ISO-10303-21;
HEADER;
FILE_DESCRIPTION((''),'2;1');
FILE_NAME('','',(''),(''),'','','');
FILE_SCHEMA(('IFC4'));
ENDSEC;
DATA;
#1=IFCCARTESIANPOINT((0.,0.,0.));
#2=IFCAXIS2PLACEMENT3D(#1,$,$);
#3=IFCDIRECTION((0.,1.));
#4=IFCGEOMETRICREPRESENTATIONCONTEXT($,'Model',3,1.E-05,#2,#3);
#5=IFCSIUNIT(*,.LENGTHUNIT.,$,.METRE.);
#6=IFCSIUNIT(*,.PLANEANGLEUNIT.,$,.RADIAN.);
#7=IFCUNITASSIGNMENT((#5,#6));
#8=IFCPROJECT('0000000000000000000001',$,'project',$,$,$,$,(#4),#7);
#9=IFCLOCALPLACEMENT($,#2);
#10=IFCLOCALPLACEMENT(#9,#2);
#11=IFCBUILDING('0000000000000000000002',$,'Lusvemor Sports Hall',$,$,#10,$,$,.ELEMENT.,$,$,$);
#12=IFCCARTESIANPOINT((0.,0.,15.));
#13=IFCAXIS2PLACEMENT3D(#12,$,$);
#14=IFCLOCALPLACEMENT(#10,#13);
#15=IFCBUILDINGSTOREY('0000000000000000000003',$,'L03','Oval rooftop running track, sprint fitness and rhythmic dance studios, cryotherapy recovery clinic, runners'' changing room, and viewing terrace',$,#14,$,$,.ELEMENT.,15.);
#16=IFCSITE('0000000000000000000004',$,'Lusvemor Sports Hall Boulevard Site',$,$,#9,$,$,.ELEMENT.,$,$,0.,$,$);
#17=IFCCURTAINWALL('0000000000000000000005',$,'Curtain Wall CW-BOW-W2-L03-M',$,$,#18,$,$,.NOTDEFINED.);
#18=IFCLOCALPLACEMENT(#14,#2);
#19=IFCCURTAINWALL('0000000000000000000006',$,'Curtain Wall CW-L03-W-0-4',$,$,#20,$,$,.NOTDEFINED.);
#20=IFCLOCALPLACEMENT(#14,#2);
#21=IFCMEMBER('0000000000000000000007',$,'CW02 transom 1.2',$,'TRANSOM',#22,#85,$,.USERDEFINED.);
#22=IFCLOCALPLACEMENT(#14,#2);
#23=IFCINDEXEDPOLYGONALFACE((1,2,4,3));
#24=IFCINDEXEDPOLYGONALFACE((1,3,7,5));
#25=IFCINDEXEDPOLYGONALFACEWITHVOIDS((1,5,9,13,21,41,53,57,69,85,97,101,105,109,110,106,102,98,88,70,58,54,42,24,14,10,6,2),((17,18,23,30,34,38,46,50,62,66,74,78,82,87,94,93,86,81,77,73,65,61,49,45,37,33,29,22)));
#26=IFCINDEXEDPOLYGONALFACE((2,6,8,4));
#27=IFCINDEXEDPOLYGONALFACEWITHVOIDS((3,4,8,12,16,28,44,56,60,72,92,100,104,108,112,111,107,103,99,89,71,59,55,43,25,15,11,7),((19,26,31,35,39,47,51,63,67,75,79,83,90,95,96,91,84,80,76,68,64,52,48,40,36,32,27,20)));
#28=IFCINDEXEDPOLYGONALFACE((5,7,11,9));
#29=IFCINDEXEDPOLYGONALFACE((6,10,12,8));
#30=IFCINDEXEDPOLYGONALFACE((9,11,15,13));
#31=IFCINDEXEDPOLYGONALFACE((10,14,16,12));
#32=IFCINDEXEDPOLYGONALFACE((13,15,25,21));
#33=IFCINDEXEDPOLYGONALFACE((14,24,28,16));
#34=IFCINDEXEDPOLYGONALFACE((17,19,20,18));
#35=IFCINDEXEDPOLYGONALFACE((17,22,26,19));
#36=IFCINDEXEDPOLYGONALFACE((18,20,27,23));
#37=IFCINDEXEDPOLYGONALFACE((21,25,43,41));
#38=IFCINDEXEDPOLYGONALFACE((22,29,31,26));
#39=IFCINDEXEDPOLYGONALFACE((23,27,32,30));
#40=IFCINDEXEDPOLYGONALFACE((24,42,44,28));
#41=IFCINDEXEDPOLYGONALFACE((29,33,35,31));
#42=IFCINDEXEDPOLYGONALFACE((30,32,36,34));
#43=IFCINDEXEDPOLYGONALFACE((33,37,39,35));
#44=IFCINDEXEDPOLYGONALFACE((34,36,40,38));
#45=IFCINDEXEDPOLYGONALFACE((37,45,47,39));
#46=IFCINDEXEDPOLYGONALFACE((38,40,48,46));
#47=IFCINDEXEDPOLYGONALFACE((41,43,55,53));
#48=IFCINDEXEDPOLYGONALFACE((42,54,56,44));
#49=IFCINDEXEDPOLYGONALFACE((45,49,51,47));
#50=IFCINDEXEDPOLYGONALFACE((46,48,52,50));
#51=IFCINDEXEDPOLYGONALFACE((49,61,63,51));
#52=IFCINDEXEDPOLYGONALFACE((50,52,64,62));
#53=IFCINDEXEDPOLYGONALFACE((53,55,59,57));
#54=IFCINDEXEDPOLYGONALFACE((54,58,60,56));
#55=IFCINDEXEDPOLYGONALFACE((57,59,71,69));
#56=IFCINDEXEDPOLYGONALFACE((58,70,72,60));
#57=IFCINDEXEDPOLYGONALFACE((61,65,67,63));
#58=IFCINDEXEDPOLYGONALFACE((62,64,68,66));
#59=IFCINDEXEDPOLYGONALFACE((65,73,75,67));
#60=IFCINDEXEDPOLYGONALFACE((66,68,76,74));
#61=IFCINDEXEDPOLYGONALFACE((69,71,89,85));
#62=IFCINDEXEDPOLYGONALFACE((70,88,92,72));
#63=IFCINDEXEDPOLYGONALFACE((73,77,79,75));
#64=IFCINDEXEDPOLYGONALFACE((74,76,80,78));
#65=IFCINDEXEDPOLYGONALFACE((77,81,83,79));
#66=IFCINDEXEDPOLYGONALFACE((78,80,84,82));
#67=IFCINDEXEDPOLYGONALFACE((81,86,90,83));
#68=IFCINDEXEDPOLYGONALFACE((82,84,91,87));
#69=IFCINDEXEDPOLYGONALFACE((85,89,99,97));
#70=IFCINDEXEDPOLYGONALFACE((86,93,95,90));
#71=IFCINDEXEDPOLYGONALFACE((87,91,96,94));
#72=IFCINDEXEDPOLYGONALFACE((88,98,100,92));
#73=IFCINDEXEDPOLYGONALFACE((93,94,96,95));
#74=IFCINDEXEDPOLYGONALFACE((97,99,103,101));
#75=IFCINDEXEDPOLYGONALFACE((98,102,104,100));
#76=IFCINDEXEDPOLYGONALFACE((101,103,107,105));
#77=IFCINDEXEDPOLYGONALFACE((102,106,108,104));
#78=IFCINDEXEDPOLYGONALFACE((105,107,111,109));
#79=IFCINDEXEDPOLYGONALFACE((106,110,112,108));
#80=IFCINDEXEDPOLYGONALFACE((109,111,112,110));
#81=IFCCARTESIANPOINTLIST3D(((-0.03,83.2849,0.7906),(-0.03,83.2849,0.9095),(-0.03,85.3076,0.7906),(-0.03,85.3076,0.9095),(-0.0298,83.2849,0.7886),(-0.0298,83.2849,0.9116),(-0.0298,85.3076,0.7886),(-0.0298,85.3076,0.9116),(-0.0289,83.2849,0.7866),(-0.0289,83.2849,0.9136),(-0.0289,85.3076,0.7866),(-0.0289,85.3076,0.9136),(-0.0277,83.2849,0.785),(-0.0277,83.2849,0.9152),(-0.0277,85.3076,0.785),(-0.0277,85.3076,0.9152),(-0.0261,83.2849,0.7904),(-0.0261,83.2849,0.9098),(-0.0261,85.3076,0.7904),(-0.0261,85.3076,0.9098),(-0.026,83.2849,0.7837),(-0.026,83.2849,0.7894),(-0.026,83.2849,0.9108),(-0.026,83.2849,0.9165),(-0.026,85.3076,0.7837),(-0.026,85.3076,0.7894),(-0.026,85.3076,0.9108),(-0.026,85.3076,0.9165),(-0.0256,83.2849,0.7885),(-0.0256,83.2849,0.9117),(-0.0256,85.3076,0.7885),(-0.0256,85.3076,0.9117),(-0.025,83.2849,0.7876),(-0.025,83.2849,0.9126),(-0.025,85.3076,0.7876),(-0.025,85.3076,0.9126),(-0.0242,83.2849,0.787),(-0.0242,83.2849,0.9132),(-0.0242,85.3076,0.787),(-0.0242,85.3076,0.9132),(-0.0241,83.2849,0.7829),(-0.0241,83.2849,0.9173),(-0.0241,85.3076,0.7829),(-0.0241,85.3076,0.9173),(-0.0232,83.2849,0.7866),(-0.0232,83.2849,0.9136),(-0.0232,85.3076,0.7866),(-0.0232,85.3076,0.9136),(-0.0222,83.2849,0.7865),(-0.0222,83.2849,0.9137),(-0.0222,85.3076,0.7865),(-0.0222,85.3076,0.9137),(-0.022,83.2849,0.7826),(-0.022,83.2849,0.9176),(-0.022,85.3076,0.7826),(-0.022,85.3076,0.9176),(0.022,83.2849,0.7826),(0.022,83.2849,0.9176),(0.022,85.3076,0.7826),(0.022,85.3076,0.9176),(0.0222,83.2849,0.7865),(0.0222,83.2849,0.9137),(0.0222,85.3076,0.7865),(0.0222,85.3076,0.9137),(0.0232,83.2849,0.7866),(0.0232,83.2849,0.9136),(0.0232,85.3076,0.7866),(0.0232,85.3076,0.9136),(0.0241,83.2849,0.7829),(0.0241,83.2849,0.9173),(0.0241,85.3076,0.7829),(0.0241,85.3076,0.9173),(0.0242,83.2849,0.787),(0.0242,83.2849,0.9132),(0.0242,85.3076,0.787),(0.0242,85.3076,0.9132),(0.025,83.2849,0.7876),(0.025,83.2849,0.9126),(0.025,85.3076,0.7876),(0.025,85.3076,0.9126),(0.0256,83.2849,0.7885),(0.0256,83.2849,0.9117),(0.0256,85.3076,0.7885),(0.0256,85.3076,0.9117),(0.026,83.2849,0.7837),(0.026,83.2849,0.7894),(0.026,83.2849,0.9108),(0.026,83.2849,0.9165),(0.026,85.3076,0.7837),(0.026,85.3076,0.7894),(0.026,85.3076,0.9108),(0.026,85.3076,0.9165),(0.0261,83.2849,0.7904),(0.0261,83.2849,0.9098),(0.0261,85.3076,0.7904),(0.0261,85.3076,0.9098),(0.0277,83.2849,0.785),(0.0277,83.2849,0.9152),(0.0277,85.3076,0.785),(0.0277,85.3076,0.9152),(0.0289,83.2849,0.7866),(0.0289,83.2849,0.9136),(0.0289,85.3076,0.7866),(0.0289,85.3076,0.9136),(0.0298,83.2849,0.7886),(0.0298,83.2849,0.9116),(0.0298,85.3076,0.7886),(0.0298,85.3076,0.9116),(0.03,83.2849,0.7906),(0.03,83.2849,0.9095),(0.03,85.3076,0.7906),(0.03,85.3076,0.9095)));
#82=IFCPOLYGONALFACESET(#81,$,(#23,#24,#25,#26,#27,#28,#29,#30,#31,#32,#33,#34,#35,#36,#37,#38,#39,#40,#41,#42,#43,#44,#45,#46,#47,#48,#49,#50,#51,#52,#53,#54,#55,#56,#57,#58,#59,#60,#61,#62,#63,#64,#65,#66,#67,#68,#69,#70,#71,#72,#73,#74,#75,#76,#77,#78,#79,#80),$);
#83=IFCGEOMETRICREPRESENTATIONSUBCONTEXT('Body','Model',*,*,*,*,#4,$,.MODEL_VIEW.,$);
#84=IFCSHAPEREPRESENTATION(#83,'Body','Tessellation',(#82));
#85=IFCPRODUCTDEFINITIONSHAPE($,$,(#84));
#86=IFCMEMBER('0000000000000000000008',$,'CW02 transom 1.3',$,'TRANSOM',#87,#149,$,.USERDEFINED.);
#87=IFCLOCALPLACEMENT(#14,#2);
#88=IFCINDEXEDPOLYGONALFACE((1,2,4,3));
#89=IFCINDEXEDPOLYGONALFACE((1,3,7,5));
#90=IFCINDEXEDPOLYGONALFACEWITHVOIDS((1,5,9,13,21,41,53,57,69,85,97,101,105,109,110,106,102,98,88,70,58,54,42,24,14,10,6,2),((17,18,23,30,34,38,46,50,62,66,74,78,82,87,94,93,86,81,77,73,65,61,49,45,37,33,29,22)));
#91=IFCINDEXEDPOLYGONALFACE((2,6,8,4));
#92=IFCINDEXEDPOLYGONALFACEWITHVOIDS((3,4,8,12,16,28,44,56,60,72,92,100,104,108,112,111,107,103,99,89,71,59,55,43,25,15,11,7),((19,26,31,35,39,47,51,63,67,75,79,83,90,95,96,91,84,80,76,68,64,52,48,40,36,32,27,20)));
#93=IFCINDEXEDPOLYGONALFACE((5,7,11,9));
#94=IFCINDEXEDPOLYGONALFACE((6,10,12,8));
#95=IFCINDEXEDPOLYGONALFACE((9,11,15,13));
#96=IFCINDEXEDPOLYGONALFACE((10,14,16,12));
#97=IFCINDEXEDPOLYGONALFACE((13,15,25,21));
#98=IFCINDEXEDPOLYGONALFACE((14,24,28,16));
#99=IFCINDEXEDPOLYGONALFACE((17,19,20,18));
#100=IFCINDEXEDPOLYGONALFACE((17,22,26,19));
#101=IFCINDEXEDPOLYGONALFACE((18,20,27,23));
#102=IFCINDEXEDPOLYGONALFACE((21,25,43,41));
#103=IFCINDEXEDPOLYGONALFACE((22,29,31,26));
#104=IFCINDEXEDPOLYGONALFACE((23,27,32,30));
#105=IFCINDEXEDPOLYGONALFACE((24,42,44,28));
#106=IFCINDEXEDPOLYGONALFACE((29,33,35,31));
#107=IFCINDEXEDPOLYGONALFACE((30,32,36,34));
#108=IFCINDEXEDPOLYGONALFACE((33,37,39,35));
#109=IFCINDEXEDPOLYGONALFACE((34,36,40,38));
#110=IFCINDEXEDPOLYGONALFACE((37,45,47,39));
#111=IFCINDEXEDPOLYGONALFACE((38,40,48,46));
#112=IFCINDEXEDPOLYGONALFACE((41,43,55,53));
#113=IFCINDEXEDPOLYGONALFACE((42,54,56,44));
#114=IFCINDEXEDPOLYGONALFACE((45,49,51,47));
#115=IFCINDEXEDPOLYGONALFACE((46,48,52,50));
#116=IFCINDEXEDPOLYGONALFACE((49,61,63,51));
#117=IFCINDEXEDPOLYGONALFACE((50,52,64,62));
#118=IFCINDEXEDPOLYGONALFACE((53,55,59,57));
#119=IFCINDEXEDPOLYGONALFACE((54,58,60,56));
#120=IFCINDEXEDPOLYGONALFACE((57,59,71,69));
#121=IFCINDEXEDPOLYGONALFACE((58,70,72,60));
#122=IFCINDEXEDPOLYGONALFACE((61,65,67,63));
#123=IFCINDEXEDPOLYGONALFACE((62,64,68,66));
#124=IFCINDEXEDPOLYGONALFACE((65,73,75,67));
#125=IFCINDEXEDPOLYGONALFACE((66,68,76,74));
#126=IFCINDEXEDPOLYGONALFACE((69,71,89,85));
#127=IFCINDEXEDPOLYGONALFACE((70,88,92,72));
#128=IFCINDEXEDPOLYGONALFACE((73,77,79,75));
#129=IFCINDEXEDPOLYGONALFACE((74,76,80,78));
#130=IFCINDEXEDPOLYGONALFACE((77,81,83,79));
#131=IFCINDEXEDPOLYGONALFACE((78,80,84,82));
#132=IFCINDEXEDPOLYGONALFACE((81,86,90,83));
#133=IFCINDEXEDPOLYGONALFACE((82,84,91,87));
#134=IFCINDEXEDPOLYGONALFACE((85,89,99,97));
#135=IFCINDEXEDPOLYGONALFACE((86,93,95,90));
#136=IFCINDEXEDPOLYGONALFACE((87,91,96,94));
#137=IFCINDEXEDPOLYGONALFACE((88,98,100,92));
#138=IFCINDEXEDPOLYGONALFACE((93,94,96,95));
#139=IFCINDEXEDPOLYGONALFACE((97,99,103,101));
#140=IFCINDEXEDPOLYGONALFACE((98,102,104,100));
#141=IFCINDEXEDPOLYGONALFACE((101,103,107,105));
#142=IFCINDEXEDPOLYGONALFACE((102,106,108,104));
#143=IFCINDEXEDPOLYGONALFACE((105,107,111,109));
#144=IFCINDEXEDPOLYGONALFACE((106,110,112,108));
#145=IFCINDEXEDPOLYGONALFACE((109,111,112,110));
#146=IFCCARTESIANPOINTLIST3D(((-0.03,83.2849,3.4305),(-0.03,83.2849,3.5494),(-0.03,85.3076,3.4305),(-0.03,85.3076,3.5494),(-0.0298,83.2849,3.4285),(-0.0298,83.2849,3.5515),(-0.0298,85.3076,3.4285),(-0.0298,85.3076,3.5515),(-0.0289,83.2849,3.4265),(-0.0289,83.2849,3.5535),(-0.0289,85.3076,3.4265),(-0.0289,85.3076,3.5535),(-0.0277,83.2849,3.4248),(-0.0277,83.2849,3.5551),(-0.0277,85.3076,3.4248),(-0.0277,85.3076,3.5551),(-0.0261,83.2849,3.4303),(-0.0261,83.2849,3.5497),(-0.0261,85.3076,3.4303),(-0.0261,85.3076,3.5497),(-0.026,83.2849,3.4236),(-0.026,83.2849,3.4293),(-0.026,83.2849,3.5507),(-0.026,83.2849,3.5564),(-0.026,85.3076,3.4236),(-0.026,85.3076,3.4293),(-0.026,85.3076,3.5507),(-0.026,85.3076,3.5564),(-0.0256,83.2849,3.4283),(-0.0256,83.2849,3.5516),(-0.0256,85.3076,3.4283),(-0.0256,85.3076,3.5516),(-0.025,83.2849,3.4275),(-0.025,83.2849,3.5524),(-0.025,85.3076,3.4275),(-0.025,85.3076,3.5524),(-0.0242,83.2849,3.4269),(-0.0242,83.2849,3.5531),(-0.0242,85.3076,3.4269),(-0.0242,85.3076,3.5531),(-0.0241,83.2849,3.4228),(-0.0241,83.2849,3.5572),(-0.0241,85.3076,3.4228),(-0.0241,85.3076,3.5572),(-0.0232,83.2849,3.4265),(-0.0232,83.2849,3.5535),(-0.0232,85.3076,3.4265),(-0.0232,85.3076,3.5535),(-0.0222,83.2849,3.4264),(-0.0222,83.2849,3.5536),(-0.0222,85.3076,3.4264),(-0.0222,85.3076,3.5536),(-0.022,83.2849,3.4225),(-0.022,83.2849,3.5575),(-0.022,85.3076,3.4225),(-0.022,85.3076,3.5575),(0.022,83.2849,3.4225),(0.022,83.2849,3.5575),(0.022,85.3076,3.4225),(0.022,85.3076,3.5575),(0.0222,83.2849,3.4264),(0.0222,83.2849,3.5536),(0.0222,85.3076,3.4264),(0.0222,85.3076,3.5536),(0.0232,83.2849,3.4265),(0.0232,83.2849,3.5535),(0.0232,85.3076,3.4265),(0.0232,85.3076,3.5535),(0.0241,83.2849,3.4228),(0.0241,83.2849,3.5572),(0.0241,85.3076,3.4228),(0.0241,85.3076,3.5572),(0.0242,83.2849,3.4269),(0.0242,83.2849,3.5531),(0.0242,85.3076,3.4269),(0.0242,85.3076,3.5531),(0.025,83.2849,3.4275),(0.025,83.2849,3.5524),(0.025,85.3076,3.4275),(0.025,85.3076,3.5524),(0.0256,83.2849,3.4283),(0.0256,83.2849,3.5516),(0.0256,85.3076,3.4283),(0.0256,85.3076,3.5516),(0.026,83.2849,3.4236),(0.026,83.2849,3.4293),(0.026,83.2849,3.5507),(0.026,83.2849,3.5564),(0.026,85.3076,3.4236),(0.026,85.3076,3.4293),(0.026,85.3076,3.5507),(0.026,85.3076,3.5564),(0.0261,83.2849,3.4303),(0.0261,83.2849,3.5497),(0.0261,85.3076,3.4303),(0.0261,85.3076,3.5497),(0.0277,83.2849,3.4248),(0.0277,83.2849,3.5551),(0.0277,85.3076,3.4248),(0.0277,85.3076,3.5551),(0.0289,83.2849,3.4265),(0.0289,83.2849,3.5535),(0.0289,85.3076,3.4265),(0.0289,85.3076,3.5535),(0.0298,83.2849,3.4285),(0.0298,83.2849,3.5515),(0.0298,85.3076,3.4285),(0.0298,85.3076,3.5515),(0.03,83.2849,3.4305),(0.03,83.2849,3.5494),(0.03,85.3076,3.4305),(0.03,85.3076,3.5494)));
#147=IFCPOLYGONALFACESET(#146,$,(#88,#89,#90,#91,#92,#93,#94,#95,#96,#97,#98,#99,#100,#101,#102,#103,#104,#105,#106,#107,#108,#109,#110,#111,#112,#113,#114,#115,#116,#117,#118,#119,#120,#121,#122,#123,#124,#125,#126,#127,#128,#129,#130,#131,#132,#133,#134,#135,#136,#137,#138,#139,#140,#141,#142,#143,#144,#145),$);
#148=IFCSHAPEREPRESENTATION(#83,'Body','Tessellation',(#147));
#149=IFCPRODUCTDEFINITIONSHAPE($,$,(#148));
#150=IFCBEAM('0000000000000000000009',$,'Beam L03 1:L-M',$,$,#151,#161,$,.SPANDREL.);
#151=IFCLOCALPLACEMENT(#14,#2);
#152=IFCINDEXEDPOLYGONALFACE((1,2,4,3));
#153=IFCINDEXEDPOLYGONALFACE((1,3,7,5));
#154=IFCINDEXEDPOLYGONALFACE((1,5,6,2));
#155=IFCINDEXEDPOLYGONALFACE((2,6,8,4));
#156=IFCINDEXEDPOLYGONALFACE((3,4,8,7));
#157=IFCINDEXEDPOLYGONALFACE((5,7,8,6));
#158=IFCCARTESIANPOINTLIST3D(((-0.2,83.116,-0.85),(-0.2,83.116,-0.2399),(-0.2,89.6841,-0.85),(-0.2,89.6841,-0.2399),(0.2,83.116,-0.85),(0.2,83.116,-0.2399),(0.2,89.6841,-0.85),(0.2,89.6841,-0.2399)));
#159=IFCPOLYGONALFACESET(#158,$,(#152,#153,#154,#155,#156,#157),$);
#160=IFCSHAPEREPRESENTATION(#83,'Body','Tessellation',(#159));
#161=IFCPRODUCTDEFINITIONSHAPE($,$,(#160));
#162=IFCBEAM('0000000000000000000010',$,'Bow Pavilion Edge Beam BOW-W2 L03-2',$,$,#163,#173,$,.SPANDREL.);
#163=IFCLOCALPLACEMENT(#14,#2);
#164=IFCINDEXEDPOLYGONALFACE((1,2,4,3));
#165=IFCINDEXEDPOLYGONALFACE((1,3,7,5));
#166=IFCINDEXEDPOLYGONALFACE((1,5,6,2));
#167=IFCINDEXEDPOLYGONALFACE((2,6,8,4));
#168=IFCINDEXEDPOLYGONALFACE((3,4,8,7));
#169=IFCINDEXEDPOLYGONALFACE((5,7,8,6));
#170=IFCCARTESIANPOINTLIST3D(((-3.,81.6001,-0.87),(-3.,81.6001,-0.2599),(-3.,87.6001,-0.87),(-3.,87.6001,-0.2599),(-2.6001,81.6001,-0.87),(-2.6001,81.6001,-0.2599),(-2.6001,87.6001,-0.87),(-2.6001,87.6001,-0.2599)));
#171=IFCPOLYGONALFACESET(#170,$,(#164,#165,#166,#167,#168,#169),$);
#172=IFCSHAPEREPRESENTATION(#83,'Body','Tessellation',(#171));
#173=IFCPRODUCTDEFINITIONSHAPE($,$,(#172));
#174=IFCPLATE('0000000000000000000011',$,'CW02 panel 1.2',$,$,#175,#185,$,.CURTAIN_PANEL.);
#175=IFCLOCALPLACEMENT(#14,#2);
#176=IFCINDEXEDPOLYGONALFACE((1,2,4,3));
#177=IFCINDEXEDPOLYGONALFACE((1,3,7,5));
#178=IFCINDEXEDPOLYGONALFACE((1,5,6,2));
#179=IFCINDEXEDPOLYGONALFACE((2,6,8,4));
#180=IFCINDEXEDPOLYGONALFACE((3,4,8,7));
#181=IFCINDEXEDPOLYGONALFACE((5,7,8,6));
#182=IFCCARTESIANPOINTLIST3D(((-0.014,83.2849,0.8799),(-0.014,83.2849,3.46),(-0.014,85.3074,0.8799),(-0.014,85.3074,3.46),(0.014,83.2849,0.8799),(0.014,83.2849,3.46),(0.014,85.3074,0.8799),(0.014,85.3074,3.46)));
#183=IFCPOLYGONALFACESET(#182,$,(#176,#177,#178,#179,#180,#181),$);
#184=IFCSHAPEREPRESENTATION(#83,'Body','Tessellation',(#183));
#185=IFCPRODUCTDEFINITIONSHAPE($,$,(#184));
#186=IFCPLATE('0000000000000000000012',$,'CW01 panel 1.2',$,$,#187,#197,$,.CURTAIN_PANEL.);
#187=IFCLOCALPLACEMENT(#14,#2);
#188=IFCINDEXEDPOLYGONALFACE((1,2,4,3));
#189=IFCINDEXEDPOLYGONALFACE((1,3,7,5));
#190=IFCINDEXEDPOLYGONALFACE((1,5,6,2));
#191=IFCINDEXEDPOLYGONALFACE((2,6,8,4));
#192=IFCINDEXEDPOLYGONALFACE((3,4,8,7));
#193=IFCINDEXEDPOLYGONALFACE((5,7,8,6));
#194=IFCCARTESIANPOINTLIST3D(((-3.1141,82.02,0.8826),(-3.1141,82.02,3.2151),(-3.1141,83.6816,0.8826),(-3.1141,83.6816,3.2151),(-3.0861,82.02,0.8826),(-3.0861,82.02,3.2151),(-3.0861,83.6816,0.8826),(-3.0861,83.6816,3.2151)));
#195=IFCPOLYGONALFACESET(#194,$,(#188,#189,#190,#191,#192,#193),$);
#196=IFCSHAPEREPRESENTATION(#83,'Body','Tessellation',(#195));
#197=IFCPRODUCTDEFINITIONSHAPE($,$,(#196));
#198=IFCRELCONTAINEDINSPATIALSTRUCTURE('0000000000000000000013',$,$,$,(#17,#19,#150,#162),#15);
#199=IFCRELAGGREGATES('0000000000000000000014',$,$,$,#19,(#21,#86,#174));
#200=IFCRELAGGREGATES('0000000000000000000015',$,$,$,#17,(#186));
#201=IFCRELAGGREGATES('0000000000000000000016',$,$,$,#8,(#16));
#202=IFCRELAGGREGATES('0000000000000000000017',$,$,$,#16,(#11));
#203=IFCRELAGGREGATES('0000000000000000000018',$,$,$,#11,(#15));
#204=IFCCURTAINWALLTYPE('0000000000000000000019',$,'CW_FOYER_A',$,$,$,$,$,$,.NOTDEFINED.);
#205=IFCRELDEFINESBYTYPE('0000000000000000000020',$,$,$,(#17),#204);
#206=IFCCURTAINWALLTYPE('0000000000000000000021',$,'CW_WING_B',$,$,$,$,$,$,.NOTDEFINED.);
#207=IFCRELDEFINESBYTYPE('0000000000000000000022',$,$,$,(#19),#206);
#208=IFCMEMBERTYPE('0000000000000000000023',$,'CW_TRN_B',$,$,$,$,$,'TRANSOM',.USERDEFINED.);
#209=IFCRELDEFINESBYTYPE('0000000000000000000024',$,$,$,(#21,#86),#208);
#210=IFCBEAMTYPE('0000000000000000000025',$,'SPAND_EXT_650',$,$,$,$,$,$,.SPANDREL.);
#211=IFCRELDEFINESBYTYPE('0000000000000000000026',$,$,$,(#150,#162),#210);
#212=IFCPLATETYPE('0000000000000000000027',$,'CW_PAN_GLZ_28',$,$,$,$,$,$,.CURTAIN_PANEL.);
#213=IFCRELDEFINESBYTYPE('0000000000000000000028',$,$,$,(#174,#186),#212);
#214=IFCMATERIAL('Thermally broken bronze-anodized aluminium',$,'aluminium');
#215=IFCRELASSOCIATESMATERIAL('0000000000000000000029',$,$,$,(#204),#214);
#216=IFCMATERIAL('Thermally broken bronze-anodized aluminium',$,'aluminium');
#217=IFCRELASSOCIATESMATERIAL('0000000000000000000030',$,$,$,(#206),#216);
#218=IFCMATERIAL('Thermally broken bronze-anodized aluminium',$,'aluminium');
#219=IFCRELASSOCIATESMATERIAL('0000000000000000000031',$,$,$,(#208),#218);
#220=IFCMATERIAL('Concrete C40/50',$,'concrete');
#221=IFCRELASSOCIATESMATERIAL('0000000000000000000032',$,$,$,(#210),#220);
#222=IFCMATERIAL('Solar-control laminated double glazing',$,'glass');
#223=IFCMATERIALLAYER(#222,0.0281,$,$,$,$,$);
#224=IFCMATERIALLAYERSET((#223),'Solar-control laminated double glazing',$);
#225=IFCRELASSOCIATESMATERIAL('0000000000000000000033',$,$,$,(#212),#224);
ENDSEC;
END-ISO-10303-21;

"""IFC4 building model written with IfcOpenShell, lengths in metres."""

from ifc_helpers import new_model, si_unit, direction, frame, origin, origin_2d, place, context, subcontext, project, spatial, rectangle, hollow_rectangle, extrude, material, layer, layer_set, material_profile, profile_set, type_object, element, aggregate, save


model = new_model("IFC4")

# Units and contexts
model_context = context("Model", 3, precision=1e-05, world=origin(), true_north=direction((0.0, 1.0)))
body_context = subcontext(model_context, "Body", "Model", "MODEL_VIEW")
ifc_project = project(units=[si_unit("LENGTHUNIT", "METRE"), si_unit("PLANEANGLEUNIT", "RADIAN")], contexts=[model_context])

# Site, building, storey
site_placement = place(None, origin())
site = spatial("IfcSite", under=ifc_project, at=site_placement, Name="Lusvemor Sports Hall Boulevard Site", CompositionType="ELEMENT", RefElevation=0.0)
building_placement = place(site_placement, origin())
building = spatial("IfcBuilding", under=site, at=building_placement, Name="Lusvemor Sports Hall", CompositionType="ELEMENT")
storey_placement = place(building_placement, frame((0.0, 0.0, 15.0)))
storey = spatial("IfcBuildingStorey", under=building, at=storey_placement, Name="L03", Description="Oval rooftop running track, sprint fitness and rhythmic dance studios, cryotherapy recovery clinic, runners' changing room, and viewing terrace", CompositionType="ELEMENT", Elevation=15.0)

# Curtain walls
ifc_material_1 = material(Name="Thermally broken bronze-anodized aluminium", Category="aluminium")
curtain_wall_type_1 = type_object("IfcCurtainWallType", Name="CW_FOYER_A", PredefinedType="NOTDEFINED", material=ifc_material_1)
curtain_wall_1_placement = place(storey_placement, origin())
curtain_wall_1 = element("IfcCurtainWall", 1, at=curtain_wall_1_placement, inside=storey, type_object=curtain_wall_type_1, Name="Curtain Wall CW-BOW-W2-L03-M", PredefinedType="NOTDEFINED")
ifc_material_2 = material(Name="Thermally broken bronze-anodized aluminium", Category="aluminium")
curtain_wall_type_2 = type_object("IfcCurtainWallType", Name="CW_WING_B", PredefinedType="NOTDEFINED", material=ifc_material_2)
curtain_wall_2_placement = place(storey_placement, origin())
curtain_wall_2 = element("IfcCurtainWall", 2, at=curtain_wall_2_placement, inside=storey, type_object=curtain_wall_type_2, Name="Curtain Wall CW-L03-W-0-4", PredefinedType="NOTDEFINED")

# Members
ifc_material_3 = material(Name="Thermally broken bronze-anodized aluminium", Category="aluminium")
ifc_material_profile_1 = material_profile(ifc_material_3, hollow_rectangle(XDim=0.0601, YDim=0.135, WallThickness=0.0039, InnerFilletRadius=0.0039, OuterFilletRadius=0.0081, at=origin_2d()), Name="CWTRN135x60x4")
ifc_profile_set_1 = profile_set([ifc_material_profile_1], Name="Thermally broken bronze-anodized aluminium")
member_type_1 = type_object("IfcMemberType", Name="CW_TRN_B", ElementType="TRANSOM", PredefinedType="USERDEFINED", material=ifc_profile_set_1)
member_1_placement = place(storey_placement, frame((0.0, 83.2849, 0.8501), z_axis=(0.0, 1.0, 0.0), x_axis=(-1.0, 0.0, 0.0)))
member_1 = element("IfcMember", 3, at=member_1_placement, type_object=member_type_1, Name="CW02 transom 1.2", ObjectType="TRANSOM", PredefinedType="USERDEFINED", context=body_context, shape_type="SweptSolid", body=[
    extrude(hollow_rectangle(XDim=0.0601, YDim=0.135, WallThickness=0.0039, InnerFilletRadius=0.0039, OuterFilletRadius=0.0081, at=origin_2d()), origin(), (0.0, 0.0, 1.0), 2.0227),
])
member_2_placement = place(storey_placement, frame((0.0, 83.2849, 3.49), z_axis=(0.0, 1.0, 0.0), x_axis=(-1.0, 0.0, 0.0)))
member_2 = element("IfcMember", 4, at=member_2_placement, type_object=member_type_1, Name="CW02 transom 1.3", ObjectType="TRANSOM", PredefinedType="USERDEFINED", context=body_context, shape_type="SweptSolid", body=[
    extrude(hollow_rectangle(XDim=0.0601, YDim=0.135, WallThickness=0.0039, InnerFilletRadius=0.0039, OuterFilletRadius=0.0081, at=origin_2d()), origin(), (0.0, 0.0, 1.0), 2.0227),
])

# Beams
ifc_material_4 = material(Name="Concrete C40/50", Category="concrete")
ifc_material_profile_2 = material_profile(ifc_material_4, rectangle(XDim=0.3999, YDim=0.6101, at=origin_2d()), Name="RC400x610")
ifc_profile_set_2 = profile_set([ifc_material_profile_2], Name="Concrete C40/50")
beam_type_1 = type_object("IfcBeamType", Name="SPAND_EXT_650", PredefinedType="SPANDREL", material=ifc_profile_set_2)
beam_1_placement = place(storey_placement, frame((0.0, 83.116, -0.5449), z_axis=(0.0, 1.0, 0.0), x_axis=(-1.0, 0.0, 0.0)))
element("IfcBeam", 5, at=beam_1_placement, inside=storey, type_object=beam_type_1, Name="Beam L03 1:L-M", PredefinedType="SPANDREL", context=body_context, shape_type="SweptSolid", body=[
    extrude(rectangle(XDim=0.3999, YDim=0.6101, at=origin_2d()), origin(), (0.0, 0.0, 1.0), 6.5681),
])
beam_2_placement = place(storey_placement, frame((-2.8, 81.6001, -0.5649), z_axis=(0.0, 1.0, 0.0), x_axis=(-1.0, 0.0, 0.0)))
element("IfcBeam", 6, at=beam_2_placement, inside=storey, type_object=beam_type_1, Name="Bow Pavilion Edge Beam BOW-W2 L03-2", PredefinedType="SPANDREL", context=body_context, shape_type="SweptSolid", body=[
    extrude(rectangle(XDim=0.3999, YDim=0.6101, at=origin_2d()), origin(), (0.0, 0.0, 1.0), 6.0),
])

# Plates
ifc_material_5 = material(Name="Solar-control laminated double glazing", Category="glass")
ifc_layer_1 = layer(ifc_material_5, 0.0281)
ifc_layer_set_1 = layer_set([ifc_layer_1], Name="Solar-control laminated double glazing")
plate_type_1 = type_object("IfcPlateType", Name="CW_PAN_GLZ_28", PredefinedType="CURTAIN_PANEL", material=ifc_layer_set_1)
plate_1_placement = place(storey_placement, frame((0.0, 84.2961, 0.8799), z_axis=(0.0, 0.0, 1.0), x_axis=(0.0, 1.0, 0.0)))
plate_1 = element("IfcPlate", 7, at=plate_1_placement, type_object=plate_type_1, Name="CW02 panel 1.2", PredefinedType="CURTAIN_PANEL", context=body_context, shape_type="SweptSolid", body=[
    extrude(rectangle(XDim=2.0225, YDim=0.0281, at=origin_2d()), origin(), (0.0, 0.0, 1.0), 2.5801),
])
plate_2_placement = place(storey_placement, frame((-3.1001, 82.8508, 0.8826), z_axis=(0.0, 0.0, 1.0), x_axis=(0.0, 1.0, 0.0)))
plate_2 = element("IfcPlate", 8, at=plate_2_placement, type_object=plate_type_1, Name="CW01 panel 1.2", PredefinedType="CURTAIN_PANEL", context=body_context, shape_type="SweptSolid", body=[
    extrude(rectangle(XDim=1.6616, YDim=0.0281, at=origin_2d()), origin(), (0.0, 0.0, 1.0), 2.3325),
])
aggregate(curtain_wall_2, [member_1, member_2, plate_1])
aggregate(curtain_wall_1, [plate_2])

save(model, "model.ifc")
